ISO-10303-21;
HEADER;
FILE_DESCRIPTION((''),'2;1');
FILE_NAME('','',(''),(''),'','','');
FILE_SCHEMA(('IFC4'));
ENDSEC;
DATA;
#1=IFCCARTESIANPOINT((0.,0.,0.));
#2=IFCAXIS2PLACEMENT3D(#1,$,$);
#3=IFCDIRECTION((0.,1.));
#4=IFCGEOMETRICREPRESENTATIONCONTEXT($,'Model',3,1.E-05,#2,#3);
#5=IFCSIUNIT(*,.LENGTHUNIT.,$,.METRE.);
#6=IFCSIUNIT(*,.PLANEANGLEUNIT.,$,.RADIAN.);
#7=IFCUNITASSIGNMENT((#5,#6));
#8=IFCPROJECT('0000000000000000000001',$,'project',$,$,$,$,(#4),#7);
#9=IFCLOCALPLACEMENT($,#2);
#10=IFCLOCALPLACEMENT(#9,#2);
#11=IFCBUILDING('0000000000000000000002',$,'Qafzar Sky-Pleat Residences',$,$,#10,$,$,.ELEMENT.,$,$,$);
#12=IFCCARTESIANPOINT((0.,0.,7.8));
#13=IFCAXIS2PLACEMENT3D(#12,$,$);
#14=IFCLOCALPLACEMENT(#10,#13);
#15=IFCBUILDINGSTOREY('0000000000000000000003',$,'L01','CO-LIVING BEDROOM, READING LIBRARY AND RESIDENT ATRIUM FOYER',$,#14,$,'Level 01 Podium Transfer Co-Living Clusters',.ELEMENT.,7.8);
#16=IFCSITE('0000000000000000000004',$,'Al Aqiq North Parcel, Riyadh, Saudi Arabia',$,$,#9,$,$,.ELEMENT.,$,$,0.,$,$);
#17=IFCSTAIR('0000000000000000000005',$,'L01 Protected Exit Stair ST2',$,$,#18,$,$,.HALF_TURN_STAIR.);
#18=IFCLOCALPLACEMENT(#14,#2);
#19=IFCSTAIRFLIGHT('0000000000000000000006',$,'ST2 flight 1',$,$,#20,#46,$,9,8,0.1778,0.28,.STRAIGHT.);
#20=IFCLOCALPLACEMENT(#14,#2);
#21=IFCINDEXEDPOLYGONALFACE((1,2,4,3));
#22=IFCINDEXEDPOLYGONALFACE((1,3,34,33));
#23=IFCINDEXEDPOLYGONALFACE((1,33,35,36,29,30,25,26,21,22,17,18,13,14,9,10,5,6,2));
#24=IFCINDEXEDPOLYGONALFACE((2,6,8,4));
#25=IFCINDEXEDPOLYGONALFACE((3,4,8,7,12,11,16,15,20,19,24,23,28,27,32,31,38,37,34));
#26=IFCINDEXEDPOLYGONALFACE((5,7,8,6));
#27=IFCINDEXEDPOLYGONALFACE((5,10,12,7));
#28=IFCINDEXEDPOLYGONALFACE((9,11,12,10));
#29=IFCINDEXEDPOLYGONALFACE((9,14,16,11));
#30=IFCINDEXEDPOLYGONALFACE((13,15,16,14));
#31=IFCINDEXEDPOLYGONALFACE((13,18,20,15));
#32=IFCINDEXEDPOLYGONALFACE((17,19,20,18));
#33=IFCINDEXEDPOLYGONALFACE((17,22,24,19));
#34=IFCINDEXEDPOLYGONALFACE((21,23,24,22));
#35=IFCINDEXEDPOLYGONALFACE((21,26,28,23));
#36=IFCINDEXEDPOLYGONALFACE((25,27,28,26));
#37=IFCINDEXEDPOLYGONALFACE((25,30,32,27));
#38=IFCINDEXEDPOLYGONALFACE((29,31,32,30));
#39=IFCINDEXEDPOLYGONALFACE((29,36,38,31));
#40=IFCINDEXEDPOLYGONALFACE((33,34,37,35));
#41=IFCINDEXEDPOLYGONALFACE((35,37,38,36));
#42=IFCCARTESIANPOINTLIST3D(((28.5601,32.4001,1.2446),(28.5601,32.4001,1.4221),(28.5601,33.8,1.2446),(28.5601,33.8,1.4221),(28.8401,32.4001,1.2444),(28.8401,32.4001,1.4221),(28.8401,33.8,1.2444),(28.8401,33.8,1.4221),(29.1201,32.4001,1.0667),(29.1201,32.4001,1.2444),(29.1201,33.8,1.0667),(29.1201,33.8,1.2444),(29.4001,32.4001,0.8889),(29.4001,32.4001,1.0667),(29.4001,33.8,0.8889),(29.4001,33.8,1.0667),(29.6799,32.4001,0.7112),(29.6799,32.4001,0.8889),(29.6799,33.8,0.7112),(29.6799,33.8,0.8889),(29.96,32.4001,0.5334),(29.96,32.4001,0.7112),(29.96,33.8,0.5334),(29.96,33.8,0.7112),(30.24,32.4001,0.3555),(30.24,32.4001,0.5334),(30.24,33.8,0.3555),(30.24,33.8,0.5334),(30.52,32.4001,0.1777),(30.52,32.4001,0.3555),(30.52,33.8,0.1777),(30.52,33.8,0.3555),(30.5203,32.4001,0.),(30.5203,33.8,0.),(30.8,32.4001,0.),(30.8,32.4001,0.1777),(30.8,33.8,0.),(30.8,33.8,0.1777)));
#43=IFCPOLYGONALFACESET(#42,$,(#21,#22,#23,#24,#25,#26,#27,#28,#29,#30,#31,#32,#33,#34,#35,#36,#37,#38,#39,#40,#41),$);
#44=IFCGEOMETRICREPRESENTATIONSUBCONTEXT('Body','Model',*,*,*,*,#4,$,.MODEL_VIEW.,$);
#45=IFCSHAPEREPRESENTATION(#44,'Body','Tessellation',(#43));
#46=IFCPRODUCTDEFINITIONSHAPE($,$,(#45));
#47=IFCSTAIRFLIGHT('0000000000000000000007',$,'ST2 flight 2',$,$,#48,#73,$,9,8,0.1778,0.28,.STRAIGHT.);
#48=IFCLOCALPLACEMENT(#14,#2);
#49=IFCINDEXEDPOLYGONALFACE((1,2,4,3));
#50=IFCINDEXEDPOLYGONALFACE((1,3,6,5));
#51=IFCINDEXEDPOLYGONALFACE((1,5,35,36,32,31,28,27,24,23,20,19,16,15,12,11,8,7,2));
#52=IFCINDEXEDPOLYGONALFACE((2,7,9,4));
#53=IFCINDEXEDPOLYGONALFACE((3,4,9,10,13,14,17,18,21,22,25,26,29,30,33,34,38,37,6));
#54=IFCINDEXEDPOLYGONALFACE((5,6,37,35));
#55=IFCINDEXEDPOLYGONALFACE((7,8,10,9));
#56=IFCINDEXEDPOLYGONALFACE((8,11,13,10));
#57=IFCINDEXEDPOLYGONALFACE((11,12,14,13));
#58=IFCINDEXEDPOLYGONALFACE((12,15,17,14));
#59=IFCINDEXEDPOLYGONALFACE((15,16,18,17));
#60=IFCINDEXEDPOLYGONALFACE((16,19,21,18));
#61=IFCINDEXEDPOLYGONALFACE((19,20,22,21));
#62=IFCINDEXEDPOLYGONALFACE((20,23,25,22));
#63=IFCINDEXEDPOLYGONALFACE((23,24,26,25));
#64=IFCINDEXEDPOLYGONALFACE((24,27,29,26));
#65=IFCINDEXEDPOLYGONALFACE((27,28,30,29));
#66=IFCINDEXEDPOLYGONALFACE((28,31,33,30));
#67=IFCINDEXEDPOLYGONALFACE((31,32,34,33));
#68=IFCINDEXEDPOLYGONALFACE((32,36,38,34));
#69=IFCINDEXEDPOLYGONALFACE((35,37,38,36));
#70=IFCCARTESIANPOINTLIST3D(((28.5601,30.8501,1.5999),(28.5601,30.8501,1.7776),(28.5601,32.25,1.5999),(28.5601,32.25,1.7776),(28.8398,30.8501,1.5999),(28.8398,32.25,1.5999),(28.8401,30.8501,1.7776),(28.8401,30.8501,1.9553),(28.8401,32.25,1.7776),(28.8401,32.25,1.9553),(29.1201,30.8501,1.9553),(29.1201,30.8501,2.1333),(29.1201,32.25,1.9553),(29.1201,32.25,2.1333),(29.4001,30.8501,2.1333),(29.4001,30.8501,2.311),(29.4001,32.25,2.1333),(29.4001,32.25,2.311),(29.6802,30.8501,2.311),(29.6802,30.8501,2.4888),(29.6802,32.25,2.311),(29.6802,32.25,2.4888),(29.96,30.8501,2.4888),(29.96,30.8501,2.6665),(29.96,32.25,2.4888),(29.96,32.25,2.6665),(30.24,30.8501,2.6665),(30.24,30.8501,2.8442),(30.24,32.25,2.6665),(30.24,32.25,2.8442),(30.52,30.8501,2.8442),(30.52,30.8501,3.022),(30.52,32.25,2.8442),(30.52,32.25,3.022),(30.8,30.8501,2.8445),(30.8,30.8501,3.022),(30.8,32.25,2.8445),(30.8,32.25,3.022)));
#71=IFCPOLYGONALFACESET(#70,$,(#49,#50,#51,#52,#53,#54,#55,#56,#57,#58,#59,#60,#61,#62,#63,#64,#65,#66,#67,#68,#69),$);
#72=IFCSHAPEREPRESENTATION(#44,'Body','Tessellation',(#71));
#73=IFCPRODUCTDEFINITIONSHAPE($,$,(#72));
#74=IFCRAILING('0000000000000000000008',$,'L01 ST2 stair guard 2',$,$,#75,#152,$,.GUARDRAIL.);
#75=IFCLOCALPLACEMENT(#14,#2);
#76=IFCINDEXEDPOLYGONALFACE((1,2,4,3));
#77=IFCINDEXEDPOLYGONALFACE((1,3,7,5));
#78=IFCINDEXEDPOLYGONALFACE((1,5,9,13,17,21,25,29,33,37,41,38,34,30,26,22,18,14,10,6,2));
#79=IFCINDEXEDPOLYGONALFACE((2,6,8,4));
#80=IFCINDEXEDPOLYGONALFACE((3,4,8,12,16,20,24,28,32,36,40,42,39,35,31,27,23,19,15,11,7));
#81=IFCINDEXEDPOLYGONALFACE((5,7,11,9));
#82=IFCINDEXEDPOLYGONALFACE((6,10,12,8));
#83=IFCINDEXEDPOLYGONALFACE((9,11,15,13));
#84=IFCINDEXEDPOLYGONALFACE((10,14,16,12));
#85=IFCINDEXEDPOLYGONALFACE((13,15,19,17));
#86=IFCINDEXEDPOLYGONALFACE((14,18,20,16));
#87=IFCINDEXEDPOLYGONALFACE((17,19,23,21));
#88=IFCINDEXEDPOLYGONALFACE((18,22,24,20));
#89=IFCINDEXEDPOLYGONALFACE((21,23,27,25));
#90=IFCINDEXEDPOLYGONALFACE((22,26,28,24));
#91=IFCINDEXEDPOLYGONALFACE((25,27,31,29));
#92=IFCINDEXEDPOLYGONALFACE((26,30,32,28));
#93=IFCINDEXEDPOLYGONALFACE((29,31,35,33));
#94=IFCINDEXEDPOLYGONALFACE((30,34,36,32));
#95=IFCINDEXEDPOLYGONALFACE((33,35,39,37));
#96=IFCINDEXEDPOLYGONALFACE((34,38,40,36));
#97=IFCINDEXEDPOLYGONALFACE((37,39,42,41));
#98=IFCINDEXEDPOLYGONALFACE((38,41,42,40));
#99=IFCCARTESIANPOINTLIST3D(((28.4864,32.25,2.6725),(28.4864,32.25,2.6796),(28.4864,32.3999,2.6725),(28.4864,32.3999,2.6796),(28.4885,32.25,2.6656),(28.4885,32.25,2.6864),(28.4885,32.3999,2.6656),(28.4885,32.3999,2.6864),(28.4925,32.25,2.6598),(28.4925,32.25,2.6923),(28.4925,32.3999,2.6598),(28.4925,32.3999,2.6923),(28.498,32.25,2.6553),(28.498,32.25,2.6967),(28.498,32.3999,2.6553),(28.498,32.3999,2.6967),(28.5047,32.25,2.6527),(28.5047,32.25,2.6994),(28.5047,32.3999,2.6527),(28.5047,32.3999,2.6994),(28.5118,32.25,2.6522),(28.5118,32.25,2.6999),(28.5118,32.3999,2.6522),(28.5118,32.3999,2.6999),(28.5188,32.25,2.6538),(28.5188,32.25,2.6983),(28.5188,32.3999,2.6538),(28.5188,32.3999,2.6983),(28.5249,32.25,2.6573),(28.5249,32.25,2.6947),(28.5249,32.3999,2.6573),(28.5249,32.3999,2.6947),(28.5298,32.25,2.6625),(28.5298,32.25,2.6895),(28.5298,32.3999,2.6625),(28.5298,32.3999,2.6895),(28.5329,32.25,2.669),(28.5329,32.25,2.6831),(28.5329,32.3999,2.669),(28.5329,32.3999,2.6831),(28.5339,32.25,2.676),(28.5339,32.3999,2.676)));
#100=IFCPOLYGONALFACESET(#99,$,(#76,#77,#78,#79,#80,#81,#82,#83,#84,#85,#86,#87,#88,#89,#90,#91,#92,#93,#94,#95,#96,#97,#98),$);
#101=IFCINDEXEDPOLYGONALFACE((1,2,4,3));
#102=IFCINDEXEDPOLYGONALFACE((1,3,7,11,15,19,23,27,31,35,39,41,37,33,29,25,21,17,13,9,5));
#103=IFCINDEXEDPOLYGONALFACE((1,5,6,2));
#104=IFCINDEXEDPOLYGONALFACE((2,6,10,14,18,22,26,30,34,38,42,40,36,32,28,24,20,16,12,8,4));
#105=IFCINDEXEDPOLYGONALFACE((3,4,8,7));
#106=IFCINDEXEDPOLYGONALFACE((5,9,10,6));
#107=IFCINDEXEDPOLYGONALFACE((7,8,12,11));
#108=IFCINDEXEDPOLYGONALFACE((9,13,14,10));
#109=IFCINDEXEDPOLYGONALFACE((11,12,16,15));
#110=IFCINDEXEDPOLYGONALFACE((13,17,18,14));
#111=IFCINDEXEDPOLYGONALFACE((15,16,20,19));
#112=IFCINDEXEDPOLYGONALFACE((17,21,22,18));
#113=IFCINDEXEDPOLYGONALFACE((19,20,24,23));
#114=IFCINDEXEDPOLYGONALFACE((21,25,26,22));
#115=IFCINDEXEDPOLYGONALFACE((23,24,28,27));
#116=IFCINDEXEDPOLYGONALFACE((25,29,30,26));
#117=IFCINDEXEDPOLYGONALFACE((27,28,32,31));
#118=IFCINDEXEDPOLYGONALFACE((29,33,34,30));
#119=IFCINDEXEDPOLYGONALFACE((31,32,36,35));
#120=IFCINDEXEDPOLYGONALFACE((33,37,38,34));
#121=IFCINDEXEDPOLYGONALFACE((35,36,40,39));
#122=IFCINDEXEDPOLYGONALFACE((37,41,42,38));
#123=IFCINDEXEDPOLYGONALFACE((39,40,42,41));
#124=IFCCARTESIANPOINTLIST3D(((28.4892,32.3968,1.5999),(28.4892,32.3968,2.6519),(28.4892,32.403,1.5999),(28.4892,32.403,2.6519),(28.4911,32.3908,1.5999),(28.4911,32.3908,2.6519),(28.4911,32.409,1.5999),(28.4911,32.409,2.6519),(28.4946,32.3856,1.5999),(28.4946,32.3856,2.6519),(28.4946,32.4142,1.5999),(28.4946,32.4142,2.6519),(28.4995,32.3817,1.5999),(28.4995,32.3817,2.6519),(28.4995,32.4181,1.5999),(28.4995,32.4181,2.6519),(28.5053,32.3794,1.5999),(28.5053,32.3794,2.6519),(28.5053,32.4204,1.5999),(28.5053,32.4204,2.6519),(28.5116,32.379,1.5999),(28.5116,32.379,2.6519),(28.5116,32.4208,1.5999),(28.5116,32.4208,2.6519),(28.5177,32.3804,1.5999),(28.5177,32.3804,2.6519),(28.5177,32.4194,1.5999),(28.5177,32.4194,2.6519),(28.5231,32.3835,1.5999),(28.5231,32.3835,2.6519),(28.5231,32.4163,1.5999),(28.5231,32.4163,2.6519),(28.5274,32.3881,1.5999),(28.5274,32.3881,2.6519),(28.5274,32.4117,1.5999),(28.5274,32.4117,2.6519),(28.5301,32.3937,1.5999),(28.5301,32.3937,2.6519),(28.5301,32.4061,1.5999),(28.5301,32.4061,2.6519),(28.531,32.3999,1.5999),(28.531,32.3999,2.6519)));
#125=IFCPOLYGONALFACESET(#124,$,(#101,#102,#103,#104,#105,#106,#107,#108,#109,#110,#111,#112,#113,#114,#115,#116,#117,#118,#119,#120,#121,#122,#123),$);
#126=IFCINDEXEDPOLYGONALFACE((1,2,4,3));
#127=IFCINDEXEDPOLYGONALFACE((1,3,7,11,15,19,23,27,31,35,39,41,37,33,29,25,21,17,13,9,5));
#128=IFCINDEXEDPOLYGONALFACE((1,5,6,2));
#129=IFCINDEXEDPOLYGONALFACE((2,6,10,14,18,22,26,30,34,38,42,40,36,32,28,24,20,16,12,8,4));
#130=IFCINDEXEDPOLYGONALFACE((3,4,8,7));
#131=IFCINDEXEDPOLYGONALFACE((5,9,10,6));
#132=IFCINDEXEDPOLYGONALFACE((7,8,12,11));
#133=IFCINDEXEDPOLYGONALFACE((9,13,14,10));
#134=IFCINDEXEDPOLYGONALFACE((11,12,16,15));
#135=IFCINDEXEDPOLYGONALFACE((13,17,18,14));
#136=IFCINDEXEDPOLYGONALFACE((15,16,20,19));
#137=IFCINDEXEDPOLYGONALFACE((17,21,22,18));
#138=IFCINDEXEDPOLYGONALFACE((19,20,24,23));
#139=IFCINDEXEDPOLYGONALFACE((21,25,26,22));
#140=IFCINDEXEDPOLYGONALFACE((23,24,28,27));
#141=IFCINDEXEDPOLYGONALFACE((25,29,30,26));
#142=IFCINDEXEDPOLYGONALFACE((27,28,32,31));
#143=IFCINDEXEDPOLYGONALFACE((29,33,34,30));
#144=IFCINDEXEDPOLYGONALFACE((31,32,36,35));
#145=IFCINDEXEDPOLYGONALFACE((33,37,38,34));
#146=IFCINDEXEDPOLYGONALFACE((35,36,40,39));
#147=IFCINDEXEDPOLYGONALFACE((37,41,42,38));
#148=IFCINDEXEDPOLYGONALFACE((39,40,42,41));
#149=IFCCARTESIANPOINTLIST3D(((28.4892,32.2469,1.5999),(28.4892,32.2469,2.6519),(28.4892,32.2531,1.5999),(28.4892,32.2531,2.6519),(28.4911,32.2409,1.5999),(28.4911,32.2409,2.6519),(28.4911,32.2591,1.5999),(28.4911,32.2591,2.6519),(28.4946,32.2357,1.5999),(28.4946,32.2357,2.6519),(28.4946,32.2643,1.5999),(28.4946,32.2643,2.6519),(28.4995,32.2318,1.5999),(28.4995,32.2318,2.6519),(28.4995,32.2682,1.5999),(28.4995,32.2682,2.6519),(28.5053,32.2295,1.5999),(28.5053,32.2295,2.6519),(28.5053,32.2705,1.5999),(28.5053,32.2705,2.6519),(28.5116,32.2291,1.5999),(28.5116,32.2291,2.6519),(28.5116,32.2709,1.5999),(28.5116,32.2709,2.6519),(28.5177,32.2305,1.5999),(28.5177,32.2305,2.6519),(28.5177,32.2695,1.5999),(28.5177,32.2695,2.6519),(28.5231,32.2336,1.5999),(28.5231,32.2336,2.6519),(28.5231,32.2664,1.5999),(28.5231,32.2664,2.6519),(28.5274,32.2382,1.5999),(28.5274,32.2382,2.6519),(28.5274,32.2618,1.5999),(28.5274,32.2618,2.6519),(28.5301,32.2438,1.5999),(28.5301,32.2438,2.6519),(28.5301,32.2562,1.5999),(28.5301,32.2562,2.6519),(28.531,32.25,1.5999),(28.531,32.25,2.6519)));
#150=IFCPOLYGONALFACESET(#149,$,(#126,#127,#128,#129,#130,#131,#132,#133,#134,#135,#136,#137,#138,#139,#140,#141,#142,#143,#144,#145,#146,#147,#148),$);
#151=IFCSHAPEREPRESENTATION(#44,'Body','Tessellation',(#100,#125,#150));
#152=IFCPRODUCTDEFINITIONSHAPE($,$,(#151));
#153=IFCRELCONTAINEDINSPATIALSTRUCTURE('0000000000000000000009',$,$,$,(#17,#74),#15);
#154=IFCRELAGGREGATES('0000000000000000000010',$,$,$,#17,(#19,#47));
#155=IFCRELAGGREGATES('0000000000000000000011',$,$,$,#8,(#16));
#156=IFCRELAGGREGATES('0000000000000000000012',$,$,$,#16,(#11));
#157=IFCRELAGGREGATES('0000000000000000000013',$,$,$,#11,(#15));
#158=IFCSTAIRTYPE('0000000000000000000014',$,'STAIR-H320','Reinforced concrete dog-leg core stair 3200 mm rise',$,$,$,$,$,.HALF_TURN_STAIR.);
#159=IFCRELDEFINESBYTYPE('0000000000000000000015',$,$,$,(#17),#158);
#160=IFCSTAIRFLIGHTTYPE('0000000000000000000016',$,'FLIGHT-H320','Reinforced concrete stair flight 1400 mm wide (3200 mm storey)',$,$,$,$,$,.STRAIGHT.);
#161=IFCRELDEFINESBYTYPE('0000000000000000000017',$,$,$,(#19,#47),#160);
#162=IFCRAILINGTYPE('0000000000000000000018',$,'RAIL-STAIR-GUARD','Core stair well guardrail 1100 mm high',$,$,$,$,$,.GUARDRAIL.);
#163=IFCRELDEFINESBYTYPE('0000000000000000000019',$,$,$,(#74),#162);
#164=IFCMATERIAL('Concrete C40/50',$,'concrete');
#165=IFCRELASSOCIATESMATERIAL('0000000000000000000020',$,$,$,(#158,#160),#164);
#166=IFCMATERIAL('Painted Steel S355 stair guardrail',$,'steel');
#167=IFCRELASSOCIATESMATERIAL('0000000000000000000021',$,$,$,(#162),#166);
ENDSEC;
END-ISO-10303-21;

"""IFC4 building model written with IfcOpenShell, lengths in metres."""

from ifc_helpers import new_model, si_unit, direction, frame, origin, origin_2d, place, context, subcontext, project, spatial, polyline, circle, outline, extrude, source, transform, mapped, material, type_object, element, aggregate, save


model = new_model("IFC4")

# Units and contexts
model_context = context("Model", 3, precision=1e-05, world=origin(), true_north=direction((0.0, 1.0)))
body_context = subcontext(model_context, "Body", "Model", "MODEL_VIEW")
ifc_project = project(units=[si_unit("LENGTHUNIT", "METRE"), si_unit("PLANEANGLEUNIT", "RADIAN")], contexts=[model_context])

# Site, building, storey
site_placement = place(None, origin())
site = spatial("IfcSite", under=ifc_project, at=site_placement, Name="Al Aqiq North Parcel, Riyadh, Saudi Arabia", CompositionType="ELEMENT", RefElevation=0.0)
building_placement = place(site_placement, origin())
building = spatial("IfcBuilding", under=site, at=building_placement, Name="Qafzar Sky-Pleat Residences", CompositionType="ELEMENT")
storey_placement = place(building_placement, frame((0.0, 0.0, 7.8)))
storey = spatial("IfcBuildingStorey", under=building, at=storey_placement, Name="L01", Description="CO-LIVING BEDROOM, READING LIBRARY AND RESIDENT ATRIUM FOYER", LongName="Level 01 Podium Transfer Co-Living Clusters", CompositionType="ELEMENT", Elevation=7.8)

# Stair, stair flights
ifc_material_1 = material(Name="Concrete C40/50", Category="concrete")
stair_type = type_object("IfcStairType", Name="STAIR-H320", Description="Reinforced concrete dog-leg core stair 3200 mm rise", PredefinedType="HALF_TURN_STAIR", material=ifc_material_1)
stair_placement = place(storey_placement, origin())
stair = element("IfcStair", 1, at=stair_placement, inside=storey, type_object=stair_type, Name="L01 Protected Exit Stair ST2", PredefinedType="HALF_TURN_STAIR")
stair_flight_type = type_object("IfcStairFlightType", Name="FLIGHT-H320", Description="Reinforced concrete stair flight 1400 mm wide (3200 mm storey)", PredefinedType="STRAIGHT", material=ifc_material_1)
shared_shape_1 = source(origin(), body_context, "Body", "SweptSolid", [
    extrude(outline(polyline([(0.0, 0.0), (0.0, 0.1777), (0.28, 0.1777), (0.28, 0.3555), (0.5601, 0.3555), (0.5601, 0.5334), (0.8401, 0.5334), (0.8401, 0.7112), (1.1201, 0.7112), (1.1201, 0.8889), (1.3999, 0.8889), (1.3999, 1.0667), (1.6799, 1.0667), (1.6799, 1.2444), (1.96, 1.2444), (1.96, 1.4221), (2.24, 1.4221), (2.24, 1.6001), (2.24, 1.2446), (0.2798, 0.0), (0.0, 0.0)])), frame((0.0, 0.7, 0.0), z_axis=(0.0, -1.0, 0.0), x_axis=(1.0, 0.0, 0.0)), (0.0, 0.0, 1.0), 1.3999),
])
stair_flight_1_placement = place(storey_placement, frame((30.8, 33.1001, 0.0), z_axis=(0.0, 0.0, 1.0), x_axis=(-1.0, 0.0, 0.0)))
stair_flight_1 = element("IfcStairFlight", 2, at=stair_flight_1_placement, type_object=stair_flight_type, Name="ST2 flight 1", NumberOfRisers=9, NumberOfTreads=8, PredefinedType="STRAIGHT", RiserHeight=0.1778, TreadLength=0.28, context=body_context, shape_type="MappedRepresentation", body=[
    mapped(shared_shape_1, transform((0.0, 0.0, 0.0), x_axis=(1.0, 0.0, 0.0), y_axis=(0.0, 1.0, 0.0), z_axis=(0.0, 0.0, 1.0), scale=1.0)),
])
stair_flight_2_placement = place(storey_placement, frame((28.5601, 31.55, 1.5999), z_axis=(0.0, 0.0, 1.0), x_axis=(1.0, 0.0, 0.0)))
stair_flight_2 = element("IfcStairFlight", 3, at=stair_flight_2_placement, type_object=stair_flight_type, Name="ST2 flight 2", NumberOfRisers=9, NumberOfTreads=8, PredefinedType="STRAIGHT", RiserHeight=0.1778, TreadLength=0.28, context=body_context, shape_type="MappedRepresentation", body=[
    mapped(shared_shape_1, transform((0.0, 0.0, 0.0), x_axis=(1.0, 0.0, 0.0), y_axis=(0.0, 1.0, 0.0), z_axis=(0.0, 0.0, 1.0), scale=1.0)),
])
aggregate(stair, [stair_flight_1, stair_flight_2])

# Railing
ifc_material_2 = material(Name="Painted Steel S355 stair guardrail", Category="steel")
railing_type_1 = type_object("IfcRailingType", Name="RAIL-STAIR-GUARD", Description="Core stair well guardrail 1100 mm high", PredefinedType="GUARDRAIL", material=ifc_material_2)
shared_shape_2 = source(origin(), body_context, "Body", "SweptSolid", [
    extrude(circle(Radius=0.0239, at=origin_2d()), frame((0.0, 0.0, 1.0762), z_axis=(0.0, -1.0, 0.0), x_axis=(1.0, 0.0, 0.0)), (0.0, 0.0, 1.0), 0.1499),
    extrude(circle(Radius=0.021, at=origin_2d()), origin(), (0.0, 0.0, 1.0), 1.052),
    extrude(circle(Radius=0.021, at=origin_2d()), frame((0.0, -0.1499, 0.0)), (0.0, 0.0, 1.0), 1.052),
])
for number, where, name in (
    (4, (28.51, 32.3999, 1.5999), "L01 ST2 stair guard 2"),
):
    element("IfcRailing", number, at=place(storey_placement, frame(where)), inside=storey, type_object=railing_type_1, Name=name, PredefinedType="GUARDRAIL", context=body_context, shape_type="MappedRepresentation", body=[
        mapped(shared_shape_2, transform((0.0, 0.0, 0.0), x_axis=(1.0, 0.0, 0.0), y_axis=(0.0, 1.0, 0.0), z_axis=(0.0, 0.0, 1.0), scale=1.0)),
    ])

save(model, "model.ifc")
